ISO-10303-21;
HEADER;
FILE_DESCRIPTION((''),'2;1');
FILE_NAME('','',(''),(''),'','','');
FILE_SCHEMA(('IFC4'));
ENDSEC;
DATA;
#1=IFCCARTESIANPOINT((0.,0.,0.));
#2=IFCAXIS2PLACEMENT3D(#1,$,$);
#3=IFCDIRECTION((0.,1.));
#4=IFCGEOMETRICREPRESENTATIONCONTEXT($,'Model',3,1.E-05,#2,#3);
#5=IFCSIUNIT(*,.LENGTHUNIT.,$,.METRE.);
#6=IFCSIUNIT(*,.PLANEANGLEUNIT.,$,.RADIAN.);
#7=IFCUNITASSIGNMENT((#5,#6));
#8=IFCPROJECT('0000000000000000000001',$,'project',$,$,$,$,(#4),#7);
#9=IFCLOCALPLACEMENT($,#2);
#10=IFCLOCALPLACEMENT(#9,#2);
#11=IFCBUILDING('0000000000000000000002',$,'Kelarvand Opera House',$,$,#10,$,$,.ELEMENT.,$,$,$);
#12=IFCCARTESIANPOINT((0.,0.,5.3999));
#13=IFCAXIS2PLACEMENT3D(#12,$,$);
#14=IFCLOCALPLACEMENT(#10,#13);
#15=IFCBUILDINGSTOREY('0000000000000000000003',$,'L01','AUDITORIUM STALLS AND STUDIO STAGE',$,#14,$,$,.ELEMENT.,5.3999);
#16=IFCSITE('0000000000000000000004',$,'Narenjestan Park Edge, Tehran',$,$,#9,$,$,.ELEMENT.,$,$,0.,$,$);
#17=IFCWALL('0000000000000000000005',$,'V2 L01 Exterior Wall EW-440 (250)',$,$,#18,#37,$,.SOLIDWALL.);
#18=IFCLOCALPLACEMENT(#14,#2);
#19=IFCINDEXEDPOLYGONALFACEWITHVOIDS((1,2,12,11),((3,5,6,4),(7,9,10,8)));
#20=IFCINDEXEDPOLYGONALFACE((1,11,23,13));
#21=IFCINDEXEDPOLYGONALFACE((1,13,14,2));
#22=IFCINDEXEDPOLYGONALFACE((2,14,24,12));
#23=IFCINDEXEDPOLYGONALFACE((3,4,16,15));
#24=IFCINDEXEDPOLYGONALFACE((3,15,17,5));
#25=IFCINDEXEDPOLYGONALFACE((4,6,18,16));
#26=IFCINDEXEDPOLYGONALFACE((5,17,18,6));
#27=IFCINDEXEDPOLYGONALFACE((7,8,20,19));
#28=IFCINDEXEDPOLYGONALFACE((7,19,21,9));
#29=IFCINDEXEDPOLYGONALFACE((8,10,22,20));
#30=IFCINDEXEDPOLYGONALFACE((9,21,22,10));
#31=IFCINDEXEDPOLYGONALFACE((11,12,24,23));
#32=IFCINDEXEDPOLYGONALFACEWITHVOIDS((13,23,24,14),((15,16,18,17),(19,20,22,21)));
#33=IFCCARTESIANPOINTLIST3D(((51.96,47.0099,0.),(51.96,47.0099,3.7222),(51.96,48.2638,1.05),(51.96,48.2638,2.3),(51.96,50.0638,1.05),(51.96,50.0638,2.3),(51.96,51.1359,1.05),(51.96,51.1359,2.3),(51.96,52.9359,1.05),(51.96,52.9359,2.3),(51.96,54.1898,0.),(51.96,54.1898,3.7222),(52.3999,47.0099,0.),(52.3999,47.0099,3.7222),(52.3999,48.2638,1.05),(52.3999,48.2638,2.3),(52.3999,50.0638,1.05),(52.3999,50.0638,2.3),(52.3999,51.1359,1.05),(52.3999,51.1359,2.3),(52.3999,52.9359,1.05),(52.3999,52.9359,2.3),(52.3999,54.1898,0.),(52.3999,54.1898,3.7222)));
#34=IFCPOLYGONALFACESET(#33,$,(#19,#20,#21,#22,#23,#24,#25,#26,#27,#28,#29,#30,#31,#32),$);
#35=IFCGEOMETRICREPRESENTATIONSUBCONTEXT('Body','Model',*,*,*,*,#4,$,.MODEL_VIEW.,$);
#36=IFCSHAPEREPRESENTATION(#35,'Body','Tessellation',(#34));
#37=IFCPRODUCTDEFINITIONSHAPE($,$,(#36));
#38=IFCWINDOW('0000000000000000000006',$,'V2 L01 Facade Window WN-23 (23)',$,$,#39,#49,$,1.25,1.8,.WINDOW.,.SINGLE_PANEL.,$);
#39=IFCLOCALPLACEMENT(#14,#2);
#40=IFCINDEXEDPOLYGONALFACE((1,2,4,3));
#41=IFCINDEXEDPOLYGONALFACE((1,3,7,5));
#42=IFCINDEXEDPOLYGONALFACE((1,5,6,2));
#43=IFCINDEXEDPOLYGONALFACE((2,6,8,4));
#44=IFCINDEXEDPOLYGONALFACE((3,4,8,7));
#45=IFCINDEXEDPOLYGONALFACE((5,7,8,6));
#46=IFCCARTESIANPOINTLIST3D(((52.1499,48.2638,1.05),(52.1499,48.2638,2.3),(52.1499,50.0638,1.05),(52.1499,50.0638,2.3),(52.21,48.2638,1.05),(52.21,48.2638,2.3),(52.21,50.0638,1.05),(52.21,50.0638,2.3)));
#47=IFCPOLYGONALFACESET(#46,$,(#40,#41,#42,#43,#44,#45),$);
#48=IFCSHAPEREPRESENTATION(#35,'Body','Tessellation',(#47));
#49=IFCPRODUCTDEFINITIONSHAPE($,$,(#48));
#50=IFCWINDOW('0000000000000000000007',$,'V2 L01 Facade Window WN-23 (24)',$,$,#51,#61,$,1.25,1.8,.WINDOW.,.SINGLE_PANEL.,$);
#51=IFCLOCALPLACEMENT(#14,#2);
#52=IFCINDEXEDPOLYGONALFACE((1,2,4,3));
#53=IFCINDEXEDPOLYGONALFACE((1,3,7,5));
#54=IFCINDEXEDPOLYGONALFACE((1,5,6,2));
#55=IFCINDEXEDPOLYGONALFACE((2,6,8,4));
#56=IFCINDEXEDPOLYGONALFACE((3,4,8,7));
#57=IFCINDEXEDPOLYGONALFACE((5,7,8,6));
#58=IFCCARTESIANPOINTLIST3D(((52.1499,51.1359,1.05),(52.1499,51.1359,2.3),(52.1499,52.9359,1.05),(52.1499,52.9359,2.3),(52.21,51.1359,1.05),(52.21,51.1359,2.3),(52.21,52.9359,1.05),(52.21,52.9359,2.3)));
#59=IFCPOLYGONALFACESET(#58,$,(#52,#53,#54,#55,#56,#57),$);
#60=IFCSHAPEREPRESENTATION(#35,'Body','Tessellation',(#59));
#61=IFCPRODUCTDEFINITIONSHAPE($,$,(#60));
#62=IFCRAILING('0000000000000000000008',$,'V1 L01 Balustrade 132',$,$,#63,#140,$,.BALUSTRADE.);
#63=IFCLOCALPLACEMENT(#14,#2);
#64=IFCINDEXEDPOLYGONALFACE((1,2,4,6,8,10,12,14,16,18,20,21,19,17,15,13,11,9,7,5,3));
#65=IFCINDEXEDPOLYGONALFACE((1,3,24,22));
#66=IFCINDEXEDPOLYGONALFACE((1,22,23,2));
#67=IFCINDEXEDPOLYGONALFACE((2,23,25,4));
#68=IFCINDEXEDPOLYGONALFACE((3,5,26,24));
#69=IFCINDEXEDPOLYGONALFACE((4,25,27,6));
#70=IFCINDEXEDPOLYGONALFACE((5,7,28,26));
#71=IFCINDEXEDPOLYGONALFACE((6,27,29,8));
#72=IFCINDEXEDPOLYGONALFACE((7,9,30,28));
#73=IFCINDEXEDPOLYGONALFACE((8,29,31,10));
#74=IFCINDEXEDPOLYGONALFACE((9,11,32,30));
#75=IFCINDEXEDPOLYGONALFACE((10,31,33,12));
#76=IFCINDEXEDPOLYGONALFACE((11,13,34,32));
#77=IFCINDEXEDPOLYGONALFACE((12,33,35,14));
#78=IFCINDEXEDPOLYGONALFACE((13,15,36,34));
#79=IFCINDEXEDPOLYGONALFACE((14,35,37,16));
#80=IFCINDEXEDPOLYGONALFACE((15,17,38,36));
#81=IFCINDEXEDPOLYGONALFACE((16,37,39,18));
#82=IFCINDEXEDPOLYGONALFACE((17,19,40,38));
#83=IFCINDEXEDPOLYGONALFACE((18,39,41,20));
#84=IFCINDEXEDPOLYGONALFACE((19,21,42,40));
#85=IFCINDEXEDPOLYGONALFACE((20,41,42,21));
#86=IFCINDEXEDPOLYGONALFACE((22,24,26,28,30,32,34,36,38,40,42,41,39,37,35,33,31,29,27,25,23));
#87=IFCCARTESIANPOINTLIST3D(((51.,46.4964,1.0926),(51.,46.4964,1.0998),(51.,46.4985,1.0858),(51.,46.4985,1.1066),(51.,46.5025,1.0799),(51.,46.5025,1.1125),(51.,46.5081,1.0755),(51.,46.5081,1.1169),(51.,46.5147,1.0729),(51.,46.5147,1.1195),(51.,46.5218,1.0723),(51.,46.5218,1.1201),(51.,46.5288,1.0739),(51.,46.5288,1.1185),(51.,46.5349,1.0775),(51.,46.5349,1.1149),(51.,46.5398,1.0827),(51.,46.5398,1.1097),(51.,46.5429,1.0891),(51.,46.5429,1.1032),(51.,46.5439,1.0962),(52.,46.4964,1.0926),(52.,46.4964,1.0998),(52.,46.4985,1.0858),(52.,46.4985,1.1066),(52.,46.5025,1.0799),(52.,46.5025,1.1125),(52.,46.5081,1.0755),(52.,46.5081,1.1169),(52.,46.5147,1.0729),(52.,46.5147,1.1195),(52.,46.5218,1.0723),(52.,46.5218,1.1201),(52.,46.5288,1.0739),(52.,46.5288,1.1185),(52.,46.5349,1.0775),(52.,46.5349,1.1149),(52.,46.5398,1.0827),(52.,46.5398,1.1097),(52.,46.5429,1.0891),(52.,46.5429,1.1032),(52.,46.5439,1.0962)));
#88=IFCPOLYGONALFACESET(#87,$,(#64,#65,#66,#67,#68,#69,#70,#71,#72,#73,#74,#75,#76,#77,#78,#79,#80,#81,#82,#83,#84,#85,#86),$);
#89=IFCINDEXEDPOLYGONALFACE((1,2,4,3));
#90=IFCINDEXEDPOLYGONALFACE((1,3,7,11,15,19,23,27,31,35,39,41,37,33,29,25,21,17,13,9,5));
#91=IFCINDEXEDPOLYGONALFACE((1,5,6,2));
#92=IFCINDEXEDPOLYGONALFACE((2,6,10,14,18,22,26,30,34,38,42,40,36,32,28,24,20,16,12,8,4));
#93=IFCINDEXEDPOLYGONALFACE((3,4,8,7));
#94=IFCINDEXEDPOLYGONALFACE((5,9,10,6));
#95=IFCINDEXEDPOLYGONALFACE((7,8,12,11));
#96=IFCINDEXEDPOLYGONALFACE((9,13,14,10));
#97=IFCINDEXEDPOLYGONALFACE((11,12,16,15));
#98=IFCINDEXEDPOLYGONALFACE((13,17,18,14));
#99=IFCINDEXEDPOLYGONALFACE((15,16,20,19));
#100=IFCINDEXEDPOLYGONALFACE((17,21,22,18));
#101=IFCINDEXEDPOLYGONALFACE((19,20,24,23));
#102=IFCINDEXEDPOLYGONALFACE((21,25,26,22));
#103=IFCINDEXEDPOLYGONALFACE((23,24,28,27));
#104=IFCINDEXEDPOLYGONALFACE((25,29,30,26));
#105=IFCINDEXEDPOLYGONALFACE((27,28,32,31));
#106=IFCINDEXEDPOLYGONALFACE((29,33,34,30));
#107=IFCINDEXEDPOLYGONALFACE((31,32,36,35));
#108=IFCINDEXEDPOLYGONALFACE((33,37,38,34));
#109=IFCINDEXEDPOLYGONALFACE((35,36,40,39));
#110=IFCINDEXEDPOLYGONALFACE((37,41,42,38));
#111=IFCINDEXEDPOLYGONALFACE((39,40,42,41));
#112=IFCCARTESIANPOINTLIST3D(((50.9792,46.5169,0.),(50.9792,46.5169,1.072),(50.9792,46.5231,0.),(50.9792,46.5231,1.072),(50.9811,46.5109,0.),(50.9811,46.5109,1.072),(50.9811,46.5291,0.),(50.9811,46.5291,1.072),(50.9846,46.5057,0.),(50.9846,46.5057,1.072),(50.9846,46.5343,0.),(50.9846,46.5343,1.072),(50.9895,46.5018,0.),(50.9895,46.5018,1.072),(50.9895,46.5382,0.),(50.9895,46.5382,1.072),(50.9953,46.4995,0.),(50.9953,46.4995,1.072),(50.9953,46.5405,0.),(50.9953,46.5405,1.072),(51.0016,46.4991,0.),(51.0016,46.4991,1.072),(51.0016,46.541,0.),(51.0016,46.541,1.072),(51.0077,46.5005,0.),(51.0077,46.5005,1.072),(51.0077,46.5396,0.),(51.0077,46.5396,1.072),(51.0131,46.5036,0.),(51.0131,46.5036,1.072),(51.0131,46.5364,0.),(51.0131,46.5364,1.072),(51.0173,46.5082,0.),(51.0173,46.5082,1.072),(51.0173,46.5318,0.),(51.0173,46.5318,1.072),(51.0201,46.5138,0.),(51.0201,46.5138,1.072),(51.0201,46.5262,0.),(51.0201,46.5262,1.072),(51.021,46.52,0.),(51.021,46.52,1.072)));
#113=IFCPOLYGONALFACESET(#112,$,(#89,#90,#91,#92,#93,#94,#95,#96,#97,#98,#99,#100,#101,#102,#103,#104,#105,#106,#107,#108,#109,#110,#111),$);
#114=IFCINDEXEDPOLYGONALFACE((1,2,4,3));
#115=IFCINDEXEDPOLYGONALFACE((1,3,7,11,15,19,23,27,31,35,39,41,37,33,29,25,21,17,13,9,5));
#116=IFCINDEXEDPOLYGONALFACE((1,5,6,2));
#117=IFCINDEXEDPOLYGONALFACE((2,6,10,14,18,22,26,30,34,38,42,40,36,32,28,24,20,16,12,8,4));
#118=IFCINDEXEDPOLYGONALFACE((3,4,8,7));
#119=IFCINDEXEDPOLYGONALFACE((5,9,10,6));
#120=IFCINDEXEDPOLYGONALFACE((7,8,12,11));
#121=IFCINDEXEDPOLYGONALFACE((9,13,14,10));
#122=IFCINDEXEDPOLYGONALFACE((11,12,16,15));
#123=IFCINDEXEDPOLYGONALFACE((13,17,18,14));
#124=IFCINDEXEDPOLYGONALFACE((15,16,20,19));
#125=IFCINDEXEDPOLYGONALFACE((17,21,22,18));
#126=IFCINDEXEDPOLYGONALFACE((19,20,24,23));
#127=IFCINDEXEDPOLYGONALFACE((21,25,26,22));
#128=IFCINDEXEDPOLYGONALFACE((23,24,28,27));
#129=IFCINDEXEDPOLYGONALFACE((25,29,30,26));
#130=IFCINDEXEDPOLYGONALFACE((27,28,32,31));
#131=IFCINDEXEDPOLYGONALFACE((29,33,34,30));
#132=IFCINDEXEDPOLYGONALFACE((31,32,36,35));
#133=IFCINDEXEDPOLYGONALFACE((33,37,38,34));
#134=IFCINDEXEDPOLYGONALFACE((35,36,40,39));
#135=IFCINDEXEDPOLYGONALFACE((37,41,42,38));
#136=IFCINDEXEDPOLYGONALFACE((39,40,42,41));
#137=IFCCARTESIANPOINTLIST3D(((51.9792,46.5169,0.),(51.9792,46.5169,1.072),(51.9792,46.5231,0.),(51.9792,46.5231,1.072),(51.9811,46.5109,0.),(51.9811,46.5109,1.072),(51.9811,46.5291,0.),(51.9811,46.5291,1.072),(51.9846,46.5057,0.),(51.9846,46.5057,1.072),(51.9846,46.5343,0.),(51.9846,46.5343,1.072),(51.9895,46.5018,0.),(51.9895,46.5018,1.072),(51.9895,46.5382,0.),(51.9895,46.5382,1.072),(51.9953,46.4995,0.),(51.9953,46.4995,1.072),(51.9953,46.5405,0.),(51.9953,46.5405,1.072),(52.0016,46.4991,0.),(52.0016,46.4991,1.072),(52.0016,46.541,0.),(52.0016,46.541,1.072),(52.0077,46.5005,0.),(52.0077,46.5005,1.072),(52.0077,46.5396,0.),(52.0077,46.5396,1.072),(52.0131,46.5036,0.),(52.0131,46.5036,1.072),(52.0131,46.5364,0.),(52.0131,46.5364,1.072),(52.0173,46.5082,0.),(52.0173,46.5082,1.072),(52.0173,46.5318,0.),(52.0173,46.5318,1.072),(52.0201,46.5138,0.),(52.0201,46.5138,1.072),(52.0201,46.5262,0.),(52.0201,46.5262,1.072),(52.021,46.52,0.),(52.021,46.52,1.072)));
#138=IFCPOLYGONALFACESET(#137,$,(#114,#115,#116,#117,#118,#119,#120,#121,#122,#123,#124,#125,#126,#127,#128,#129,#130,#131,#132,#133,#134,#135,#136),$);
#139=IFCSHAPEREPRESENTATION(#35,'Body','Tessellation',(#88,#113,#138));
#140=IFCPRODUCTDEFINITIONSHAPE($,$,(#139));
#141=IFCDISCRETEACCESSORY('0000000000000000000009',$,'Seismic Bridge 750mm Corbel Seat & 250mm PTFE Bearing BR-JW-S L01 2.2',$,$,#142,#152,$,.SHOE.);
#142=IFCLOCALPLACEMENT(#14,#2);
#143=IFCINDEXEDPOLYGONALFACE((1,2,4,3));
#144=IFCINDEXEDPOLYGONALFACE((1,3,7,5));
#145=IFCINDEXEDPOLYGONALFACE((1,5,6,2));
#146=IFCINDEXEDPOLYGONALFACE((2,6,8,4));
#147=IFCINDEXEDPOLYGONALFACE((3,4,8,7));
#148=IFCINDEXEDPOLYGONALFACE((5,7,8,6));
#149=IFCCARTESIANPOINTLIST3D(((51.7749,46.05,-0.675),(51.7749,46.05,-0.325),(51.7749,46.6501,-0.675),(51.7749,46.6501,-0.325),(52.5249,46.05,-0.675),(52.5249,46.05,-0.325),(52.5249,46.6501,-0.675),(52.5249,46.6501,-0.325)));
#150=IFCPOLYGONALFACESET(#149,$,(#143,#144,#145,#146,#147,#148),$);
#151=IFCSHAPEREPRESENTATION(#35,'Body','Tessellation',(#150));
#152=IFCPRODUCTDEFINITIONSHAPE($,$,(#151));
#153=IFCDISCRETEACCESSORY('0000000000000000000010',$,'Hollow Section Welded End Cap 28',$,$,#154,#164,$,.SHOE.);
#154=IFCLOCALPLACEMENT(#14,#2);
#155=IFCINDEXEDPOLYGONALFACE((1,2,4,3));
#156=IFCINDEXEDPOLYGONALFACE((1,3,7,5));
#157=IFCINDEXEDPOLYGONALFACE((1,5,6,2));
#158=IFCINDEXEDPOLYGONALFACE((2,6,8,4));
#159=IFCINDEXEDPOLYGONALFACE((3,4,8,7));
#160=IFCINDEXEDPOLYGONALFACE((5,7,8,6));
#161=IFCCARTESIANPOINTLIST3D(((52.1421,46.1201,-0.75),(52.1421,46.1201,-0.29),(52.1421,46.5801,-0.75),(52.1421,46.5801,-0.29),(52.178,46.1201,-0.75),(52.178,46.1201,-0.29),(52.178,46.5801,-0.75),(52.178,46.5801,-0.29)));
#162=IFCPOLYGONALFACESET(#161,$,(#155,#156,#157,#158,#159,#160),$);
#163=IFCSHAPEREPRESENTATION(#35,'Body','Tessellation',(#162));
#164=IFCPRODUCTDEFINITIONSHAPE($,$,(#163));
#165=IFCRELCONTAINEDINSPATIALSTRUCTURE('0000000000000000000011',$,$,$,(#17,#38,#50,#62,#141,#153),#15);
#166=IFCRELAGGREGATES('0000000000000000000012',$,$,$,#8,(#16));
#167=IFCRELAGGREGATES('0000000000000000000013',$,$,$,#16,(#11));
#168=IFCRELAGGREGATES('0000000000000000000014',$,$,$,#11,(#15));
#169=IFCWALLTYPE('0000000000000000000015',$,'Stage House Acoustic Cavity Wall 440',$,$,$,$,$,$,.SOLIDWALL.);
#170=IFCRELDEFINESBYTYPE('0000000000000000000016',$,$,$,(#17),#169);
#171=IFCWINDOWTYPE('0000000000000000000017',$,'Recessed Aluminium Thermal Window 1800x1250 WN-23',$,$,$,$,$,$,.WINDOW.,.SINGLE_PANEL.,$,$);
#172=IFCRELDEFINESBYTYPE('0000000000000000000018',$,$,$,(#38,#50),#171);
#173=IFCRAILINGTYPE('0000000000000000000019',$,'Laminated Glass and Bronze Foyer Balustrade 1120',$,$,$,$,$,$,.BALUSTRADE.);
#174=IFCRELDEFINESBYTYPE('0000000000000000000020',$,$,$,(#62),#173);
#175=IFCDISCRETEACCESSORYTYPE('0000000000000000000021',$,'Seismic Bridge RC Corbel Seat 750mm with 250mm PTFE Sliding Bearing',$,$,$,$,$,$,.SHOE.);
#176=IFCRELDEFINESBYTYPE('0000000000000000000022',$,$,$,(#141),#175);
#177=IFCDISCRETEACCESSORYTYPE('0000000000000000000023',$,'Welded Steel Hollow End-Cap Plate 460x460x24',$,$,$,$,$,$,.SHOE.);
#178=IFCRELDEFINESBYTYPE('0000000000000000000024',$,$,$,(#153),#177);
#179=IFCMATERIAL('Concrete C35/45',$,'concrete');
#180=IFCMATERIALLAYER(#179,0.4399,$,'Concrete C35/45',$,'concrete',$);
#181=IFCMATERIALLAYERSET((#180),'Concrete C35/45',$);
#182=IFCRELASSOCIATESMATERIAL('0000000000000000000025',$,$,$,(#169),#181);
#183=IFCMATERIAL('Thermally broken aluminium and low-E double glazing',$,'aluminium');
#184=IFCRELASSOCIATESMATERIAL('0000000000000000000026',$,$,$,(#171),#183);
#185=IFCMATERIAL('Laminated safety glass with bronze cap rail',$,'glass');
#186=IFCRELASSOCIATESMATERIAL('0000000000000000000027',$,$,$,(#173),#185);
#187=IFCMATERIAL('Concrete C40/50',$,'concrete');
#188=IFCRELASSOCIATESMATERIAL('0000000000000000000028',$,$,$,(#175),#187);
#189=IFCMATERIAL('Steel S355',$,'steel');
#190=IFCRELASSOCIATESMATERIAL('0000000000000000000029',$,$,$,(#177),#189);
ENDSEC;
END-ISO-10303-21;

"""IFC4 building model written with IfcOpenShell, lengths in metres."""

from ifc_helpers import new_model, si_unit, direction, frame, frame_2d, origin, origin_2d, place, context, subcontext, project, spatial, rectangle, circle, extrude, material, layer, layer_set, material_profile, profile_set, type_object, element, fill, save


model = new_model("IFC4")

# Units and contexts
model_context = context("Model", 3, precision=1e-05, world=origin(), true_north=direction((0.0, 1.0)))
body_context = subcontext(model_context, "Body", "Model", "MODEL_VIEW")
ifc_project = project(units=[si_unit("LENGTHUNIT", "METRE"), si_unit("PLANEANGLEUNIT", "RADIAN")], contexts=[model_context])

# Site, building, storey
site_placement = place(None, origin())
site = spatial("IfcSite", under=ifc_project, at=site_placement, Name="Narenjestan Park Edge, Tehran", CompositionType="ELEMENT", RefElevation=0.0)
building_placement = place(site_placement, origin())
building = spatial("IfcBuilding", under=site, at=building_placement, Name="Kelarvand Opera House", CompositionType="ELEMENT")
storey_placement = place(building_placement, frame((0.0, 0.0, 5.3999)))
storey = spatial("IfcBuildingStorey", under=building, at=storey_placement, Name="L01", Description="AUDITORIUM STALLS AND STUDIO STAGE", CompositionType="ELEMENT", Elevation=5.3999)

# Shared definitions
ifc_material_1 = material(Name="Concrete C40/50", Category="concrete")

# Shared definitions
ifc_material_2 = material(Name="Concrete C35/45", Category="concrete")

# Wall, openings, windows
ifc_layer_1 = layer(ifc_material_2, 0.4399, Name="Concrete C35/45", Category="concrete")
ifc_layer_set_1 = layer_set([ifc_layer_1], Name="Concrete C35/45")
wall_type_1 = type_object("IfcWallType", Name="Stage House Acoustic Cavity Wall 440", PredefinedType="SOLIDWALL", material=ifc_layer_set_1)
wall_1_placement = place(storey_placement, frame((52.1799, 47.01, 0.0), z_axis=(0.0, 0.0, 1.0), x_axis=(0.0, 1.0, 0.0)))
wall_1 = element("IfcWall", 1, at=wall_1_placement, inside=storey, type_object=wall_type_1, Name="V2 L01 Exterior Wall EW-440 (250)", PredefinedType="SOLIDWALL", context=body_context, shape_type="SweptSolid", body=[
    extrude(rectangle(XDim=7.1799, YDim=0.4399, at=frame_2d((3.5898, 0.0))), origin(), (0.0, 0.0, 1.0), 3.7222),
])
opening_1_placement = place(wall_1_placement, frame((1.2539, 0.0, 1.05)))
opening_1 = element("IfcOpeningElement", 2, at=opening_1_placement, cuts=wall_1, PredefinedType="OPENING", context=body_context, shape_type="SweptSolid", body=[
    extrude(rectangle(XDim=1.8, YDim=1.25, at=frame_2d((0.8999, 0.625))), frame((0.0, 0.23, 0.0), z_axis=(0.0, -1.0, 0.0), x_axis=(1.0, 0.0, 0.0)), (0.0, 0.0, 1.0), 0.46),
])
opening_2_placement = place(wall_1_placement, frame((4.126, 0.0, 1.05)))
opening_2 = element("IfcOpeningElement", 3, at=opening_2_placement, cuts=wall_1, PredefinedType="OPENING", context=body_context, shape_type="SweptSolid", body=[
    extrude(rectangle(XDim=1.8, YDim=1.25, at=frame_2d((0.8999, 0.625))), frame((0.0, 0.23, 0.0), z_axis=(0.0, -1.0, 0.0), x_axis=(1.0, 0.0, 0.0)), (0.0, 0.0, 1.0), 0.46),
])
ifc_material_3 = material(Name="Thermally broken aluminium and low-E double glazing", Category="aluminium")
window_type = type_object("IfcWindowType", Name="Recessed Aluminium Thermal Window 1800x1250 WN-23", PartitioningType="SINGLE_PANEL", PredefinedType="WINDOW", material=ifc_material_3)
window_1_placement = place(opening_1_placement, origin())
window_1 = element("IfcWindow", 4, at=window_1_placement, inside=storey, type_object=window_type, Name="V2 L01 Facade Window WN-23 (23)", OverallHeight=1.25, OverallWidth=1.8, PartitioningType="SINGLE_PANEL", PredefinedType="WINDOW", context=body_context, shape_type="SweptSolid", body=[
    extrude(rectangle(XDim=1.8, YDim=1.25, at=frame_2d((0.8999, 0.625))), frame((0.0, 0.03, 0.0), z_axis=(0.0, -1.0, 0.0), x_axis=(1.0, 0.0, 0.0)), (0.0, 0.0, 1.0), 0.0601),
])
fill(opening_1, window_1)
window_2_placement = place(opening_2_placement, origin())
window_2 = element("IfcWindow", 5, at=window_2_placement, inside=storey, type_object=window_type, Name="V2 L01 Facade Window WN-23 (24)", OverallHeight=1.25, OverallWidth=1.8, PartitioningType="SINGLE_PANEL", PredefinedType="WINDOW", context=body_context, shape_type="SweptSolid", body=[
    extrude(rectangle(XDim=1.8, YDim=1.25, at=frame_2d((0.8999, 0.625))), frame((0.0, 0.03, 0.0), z_axis=(0.0, -1.0, 0.0), x_axis=(1.0, 0.0, 0.0)), (0.0, 0.0, 1.0), 0.0601),
])
fill(opening_2, window_2)

# Railing
ifc_material_4 = material(Name="Laminated safety glass with bronze cap rail", Category="glass")
railing_type = type_object("IfcRailingType", Name="Laminated Glass and Bronze Foyer Balustrade 1120", PredefinedType="BALUSTRADE", material=ifc_material_4)
railing_placement = place(storey_placement, frame((51.0, 46.52, 0.0)))
element("IfcRailing", 6, at=railing_placement, inside=storey, type_object=railing_type, Name="V1 L01 Balustrade 132", PredefinedType="BALUSTRADE", context=body_context, shape_type="SweptSolid", body=[
    extrude(circle(Radius=0.0239, at=origin_2d()), frame((0.0, 0.0, 1.0962), z_axis=(1.0, 0.0, 0.0), x_axis=(0.0, 1.0, 0.0)), (0.0, 0.0, 1.0), 1.0),
    extrude(circle(Radius=0.021, at=origin_2d()), origin(), (0.0, 0.0, 1.0), 1.072),
    extrude(circle(Radius=0.021, at=origin_2d()), frame((1.0, 0.0, 0.0)), (0.0, 0.0, 1.0), 1.072),
])

# Discrete accessories
discrete_accessory_type_1 = type_object("IfcDiscreteAccessoryType", Name="Seismic Bridge RC Corbel Seat 750mm with 250mm PTFE Sliding Bearing", PredefinedType="SHOE", material=ifc_material_1)
discrete_accessory_1_placement = place(storey_placement, frame((52.1499, 46.3501, -0.675), z_axis=(0.0, 0.0, 1.0), x_axis=(1.0, 0.0, 0.0)))
element("IfcDiscreteAccessory", 7, at=discrete_accessory_1_placement, inside=storey, type_object=discrete_accessory_type_1, Name="Seismic Bridge 750mm Corbel Seat & 250mm PTFE Bearing BR-JW-S L01 2.2", PredefinedType="SHOE", context=body_context, shape_type="SweptSolid", body=[
    extrude(rectangle(XDim=0.75, YDim=0.6001, at=origin_2d()), origin(), (0.0, 0.0, 1.0), 0.3501),
])
ifc_material_5 = material(Name="Steel S355", Category="steel")
ifc_material_profile_1 = material_profile(ifc_material_5, rectangle(XDim=0.46, YDim=0.46, at=origin_2d()), Name="Welded Steel Hollow End-Cap Plate 460x460x24", Category="steel")
ifc_profile_set_1 = profile_set([ifc_material_profile_1], Name="Steel S355")
discrete_accessory_type_2 = type_object("IfcDiscreteAccessoryType", Name="Welded Steel Hollow End-Cap Plate 460x460x24", PredefinedType="SHOE", material=ifc_profile_set_1)
discrete_accessory_2_placement = place(storey_placement, frame((52.1421, 46.3501, -0.52), z_axis=(1.0, 0.0, 0.0), x_axis=(0.0, 1.0, 0.0)))
element("IfcDiscreteAccessory", 8, at=discrete_accessory_2_placement, inside=storey, type_object=discrete_accessory_type_2, Name="Hollow Section Welded End Cap 28", PredefinedType="SHOE", context=body_context, shape_type="SweptSolid", body=[
    extrude(rectangle(XDim=0.46, YDim=0.46, at=origin_2d()), origin(), (0.0, 0.0, 1.0), 0.0359),
])

save(model, "model.ifc")
